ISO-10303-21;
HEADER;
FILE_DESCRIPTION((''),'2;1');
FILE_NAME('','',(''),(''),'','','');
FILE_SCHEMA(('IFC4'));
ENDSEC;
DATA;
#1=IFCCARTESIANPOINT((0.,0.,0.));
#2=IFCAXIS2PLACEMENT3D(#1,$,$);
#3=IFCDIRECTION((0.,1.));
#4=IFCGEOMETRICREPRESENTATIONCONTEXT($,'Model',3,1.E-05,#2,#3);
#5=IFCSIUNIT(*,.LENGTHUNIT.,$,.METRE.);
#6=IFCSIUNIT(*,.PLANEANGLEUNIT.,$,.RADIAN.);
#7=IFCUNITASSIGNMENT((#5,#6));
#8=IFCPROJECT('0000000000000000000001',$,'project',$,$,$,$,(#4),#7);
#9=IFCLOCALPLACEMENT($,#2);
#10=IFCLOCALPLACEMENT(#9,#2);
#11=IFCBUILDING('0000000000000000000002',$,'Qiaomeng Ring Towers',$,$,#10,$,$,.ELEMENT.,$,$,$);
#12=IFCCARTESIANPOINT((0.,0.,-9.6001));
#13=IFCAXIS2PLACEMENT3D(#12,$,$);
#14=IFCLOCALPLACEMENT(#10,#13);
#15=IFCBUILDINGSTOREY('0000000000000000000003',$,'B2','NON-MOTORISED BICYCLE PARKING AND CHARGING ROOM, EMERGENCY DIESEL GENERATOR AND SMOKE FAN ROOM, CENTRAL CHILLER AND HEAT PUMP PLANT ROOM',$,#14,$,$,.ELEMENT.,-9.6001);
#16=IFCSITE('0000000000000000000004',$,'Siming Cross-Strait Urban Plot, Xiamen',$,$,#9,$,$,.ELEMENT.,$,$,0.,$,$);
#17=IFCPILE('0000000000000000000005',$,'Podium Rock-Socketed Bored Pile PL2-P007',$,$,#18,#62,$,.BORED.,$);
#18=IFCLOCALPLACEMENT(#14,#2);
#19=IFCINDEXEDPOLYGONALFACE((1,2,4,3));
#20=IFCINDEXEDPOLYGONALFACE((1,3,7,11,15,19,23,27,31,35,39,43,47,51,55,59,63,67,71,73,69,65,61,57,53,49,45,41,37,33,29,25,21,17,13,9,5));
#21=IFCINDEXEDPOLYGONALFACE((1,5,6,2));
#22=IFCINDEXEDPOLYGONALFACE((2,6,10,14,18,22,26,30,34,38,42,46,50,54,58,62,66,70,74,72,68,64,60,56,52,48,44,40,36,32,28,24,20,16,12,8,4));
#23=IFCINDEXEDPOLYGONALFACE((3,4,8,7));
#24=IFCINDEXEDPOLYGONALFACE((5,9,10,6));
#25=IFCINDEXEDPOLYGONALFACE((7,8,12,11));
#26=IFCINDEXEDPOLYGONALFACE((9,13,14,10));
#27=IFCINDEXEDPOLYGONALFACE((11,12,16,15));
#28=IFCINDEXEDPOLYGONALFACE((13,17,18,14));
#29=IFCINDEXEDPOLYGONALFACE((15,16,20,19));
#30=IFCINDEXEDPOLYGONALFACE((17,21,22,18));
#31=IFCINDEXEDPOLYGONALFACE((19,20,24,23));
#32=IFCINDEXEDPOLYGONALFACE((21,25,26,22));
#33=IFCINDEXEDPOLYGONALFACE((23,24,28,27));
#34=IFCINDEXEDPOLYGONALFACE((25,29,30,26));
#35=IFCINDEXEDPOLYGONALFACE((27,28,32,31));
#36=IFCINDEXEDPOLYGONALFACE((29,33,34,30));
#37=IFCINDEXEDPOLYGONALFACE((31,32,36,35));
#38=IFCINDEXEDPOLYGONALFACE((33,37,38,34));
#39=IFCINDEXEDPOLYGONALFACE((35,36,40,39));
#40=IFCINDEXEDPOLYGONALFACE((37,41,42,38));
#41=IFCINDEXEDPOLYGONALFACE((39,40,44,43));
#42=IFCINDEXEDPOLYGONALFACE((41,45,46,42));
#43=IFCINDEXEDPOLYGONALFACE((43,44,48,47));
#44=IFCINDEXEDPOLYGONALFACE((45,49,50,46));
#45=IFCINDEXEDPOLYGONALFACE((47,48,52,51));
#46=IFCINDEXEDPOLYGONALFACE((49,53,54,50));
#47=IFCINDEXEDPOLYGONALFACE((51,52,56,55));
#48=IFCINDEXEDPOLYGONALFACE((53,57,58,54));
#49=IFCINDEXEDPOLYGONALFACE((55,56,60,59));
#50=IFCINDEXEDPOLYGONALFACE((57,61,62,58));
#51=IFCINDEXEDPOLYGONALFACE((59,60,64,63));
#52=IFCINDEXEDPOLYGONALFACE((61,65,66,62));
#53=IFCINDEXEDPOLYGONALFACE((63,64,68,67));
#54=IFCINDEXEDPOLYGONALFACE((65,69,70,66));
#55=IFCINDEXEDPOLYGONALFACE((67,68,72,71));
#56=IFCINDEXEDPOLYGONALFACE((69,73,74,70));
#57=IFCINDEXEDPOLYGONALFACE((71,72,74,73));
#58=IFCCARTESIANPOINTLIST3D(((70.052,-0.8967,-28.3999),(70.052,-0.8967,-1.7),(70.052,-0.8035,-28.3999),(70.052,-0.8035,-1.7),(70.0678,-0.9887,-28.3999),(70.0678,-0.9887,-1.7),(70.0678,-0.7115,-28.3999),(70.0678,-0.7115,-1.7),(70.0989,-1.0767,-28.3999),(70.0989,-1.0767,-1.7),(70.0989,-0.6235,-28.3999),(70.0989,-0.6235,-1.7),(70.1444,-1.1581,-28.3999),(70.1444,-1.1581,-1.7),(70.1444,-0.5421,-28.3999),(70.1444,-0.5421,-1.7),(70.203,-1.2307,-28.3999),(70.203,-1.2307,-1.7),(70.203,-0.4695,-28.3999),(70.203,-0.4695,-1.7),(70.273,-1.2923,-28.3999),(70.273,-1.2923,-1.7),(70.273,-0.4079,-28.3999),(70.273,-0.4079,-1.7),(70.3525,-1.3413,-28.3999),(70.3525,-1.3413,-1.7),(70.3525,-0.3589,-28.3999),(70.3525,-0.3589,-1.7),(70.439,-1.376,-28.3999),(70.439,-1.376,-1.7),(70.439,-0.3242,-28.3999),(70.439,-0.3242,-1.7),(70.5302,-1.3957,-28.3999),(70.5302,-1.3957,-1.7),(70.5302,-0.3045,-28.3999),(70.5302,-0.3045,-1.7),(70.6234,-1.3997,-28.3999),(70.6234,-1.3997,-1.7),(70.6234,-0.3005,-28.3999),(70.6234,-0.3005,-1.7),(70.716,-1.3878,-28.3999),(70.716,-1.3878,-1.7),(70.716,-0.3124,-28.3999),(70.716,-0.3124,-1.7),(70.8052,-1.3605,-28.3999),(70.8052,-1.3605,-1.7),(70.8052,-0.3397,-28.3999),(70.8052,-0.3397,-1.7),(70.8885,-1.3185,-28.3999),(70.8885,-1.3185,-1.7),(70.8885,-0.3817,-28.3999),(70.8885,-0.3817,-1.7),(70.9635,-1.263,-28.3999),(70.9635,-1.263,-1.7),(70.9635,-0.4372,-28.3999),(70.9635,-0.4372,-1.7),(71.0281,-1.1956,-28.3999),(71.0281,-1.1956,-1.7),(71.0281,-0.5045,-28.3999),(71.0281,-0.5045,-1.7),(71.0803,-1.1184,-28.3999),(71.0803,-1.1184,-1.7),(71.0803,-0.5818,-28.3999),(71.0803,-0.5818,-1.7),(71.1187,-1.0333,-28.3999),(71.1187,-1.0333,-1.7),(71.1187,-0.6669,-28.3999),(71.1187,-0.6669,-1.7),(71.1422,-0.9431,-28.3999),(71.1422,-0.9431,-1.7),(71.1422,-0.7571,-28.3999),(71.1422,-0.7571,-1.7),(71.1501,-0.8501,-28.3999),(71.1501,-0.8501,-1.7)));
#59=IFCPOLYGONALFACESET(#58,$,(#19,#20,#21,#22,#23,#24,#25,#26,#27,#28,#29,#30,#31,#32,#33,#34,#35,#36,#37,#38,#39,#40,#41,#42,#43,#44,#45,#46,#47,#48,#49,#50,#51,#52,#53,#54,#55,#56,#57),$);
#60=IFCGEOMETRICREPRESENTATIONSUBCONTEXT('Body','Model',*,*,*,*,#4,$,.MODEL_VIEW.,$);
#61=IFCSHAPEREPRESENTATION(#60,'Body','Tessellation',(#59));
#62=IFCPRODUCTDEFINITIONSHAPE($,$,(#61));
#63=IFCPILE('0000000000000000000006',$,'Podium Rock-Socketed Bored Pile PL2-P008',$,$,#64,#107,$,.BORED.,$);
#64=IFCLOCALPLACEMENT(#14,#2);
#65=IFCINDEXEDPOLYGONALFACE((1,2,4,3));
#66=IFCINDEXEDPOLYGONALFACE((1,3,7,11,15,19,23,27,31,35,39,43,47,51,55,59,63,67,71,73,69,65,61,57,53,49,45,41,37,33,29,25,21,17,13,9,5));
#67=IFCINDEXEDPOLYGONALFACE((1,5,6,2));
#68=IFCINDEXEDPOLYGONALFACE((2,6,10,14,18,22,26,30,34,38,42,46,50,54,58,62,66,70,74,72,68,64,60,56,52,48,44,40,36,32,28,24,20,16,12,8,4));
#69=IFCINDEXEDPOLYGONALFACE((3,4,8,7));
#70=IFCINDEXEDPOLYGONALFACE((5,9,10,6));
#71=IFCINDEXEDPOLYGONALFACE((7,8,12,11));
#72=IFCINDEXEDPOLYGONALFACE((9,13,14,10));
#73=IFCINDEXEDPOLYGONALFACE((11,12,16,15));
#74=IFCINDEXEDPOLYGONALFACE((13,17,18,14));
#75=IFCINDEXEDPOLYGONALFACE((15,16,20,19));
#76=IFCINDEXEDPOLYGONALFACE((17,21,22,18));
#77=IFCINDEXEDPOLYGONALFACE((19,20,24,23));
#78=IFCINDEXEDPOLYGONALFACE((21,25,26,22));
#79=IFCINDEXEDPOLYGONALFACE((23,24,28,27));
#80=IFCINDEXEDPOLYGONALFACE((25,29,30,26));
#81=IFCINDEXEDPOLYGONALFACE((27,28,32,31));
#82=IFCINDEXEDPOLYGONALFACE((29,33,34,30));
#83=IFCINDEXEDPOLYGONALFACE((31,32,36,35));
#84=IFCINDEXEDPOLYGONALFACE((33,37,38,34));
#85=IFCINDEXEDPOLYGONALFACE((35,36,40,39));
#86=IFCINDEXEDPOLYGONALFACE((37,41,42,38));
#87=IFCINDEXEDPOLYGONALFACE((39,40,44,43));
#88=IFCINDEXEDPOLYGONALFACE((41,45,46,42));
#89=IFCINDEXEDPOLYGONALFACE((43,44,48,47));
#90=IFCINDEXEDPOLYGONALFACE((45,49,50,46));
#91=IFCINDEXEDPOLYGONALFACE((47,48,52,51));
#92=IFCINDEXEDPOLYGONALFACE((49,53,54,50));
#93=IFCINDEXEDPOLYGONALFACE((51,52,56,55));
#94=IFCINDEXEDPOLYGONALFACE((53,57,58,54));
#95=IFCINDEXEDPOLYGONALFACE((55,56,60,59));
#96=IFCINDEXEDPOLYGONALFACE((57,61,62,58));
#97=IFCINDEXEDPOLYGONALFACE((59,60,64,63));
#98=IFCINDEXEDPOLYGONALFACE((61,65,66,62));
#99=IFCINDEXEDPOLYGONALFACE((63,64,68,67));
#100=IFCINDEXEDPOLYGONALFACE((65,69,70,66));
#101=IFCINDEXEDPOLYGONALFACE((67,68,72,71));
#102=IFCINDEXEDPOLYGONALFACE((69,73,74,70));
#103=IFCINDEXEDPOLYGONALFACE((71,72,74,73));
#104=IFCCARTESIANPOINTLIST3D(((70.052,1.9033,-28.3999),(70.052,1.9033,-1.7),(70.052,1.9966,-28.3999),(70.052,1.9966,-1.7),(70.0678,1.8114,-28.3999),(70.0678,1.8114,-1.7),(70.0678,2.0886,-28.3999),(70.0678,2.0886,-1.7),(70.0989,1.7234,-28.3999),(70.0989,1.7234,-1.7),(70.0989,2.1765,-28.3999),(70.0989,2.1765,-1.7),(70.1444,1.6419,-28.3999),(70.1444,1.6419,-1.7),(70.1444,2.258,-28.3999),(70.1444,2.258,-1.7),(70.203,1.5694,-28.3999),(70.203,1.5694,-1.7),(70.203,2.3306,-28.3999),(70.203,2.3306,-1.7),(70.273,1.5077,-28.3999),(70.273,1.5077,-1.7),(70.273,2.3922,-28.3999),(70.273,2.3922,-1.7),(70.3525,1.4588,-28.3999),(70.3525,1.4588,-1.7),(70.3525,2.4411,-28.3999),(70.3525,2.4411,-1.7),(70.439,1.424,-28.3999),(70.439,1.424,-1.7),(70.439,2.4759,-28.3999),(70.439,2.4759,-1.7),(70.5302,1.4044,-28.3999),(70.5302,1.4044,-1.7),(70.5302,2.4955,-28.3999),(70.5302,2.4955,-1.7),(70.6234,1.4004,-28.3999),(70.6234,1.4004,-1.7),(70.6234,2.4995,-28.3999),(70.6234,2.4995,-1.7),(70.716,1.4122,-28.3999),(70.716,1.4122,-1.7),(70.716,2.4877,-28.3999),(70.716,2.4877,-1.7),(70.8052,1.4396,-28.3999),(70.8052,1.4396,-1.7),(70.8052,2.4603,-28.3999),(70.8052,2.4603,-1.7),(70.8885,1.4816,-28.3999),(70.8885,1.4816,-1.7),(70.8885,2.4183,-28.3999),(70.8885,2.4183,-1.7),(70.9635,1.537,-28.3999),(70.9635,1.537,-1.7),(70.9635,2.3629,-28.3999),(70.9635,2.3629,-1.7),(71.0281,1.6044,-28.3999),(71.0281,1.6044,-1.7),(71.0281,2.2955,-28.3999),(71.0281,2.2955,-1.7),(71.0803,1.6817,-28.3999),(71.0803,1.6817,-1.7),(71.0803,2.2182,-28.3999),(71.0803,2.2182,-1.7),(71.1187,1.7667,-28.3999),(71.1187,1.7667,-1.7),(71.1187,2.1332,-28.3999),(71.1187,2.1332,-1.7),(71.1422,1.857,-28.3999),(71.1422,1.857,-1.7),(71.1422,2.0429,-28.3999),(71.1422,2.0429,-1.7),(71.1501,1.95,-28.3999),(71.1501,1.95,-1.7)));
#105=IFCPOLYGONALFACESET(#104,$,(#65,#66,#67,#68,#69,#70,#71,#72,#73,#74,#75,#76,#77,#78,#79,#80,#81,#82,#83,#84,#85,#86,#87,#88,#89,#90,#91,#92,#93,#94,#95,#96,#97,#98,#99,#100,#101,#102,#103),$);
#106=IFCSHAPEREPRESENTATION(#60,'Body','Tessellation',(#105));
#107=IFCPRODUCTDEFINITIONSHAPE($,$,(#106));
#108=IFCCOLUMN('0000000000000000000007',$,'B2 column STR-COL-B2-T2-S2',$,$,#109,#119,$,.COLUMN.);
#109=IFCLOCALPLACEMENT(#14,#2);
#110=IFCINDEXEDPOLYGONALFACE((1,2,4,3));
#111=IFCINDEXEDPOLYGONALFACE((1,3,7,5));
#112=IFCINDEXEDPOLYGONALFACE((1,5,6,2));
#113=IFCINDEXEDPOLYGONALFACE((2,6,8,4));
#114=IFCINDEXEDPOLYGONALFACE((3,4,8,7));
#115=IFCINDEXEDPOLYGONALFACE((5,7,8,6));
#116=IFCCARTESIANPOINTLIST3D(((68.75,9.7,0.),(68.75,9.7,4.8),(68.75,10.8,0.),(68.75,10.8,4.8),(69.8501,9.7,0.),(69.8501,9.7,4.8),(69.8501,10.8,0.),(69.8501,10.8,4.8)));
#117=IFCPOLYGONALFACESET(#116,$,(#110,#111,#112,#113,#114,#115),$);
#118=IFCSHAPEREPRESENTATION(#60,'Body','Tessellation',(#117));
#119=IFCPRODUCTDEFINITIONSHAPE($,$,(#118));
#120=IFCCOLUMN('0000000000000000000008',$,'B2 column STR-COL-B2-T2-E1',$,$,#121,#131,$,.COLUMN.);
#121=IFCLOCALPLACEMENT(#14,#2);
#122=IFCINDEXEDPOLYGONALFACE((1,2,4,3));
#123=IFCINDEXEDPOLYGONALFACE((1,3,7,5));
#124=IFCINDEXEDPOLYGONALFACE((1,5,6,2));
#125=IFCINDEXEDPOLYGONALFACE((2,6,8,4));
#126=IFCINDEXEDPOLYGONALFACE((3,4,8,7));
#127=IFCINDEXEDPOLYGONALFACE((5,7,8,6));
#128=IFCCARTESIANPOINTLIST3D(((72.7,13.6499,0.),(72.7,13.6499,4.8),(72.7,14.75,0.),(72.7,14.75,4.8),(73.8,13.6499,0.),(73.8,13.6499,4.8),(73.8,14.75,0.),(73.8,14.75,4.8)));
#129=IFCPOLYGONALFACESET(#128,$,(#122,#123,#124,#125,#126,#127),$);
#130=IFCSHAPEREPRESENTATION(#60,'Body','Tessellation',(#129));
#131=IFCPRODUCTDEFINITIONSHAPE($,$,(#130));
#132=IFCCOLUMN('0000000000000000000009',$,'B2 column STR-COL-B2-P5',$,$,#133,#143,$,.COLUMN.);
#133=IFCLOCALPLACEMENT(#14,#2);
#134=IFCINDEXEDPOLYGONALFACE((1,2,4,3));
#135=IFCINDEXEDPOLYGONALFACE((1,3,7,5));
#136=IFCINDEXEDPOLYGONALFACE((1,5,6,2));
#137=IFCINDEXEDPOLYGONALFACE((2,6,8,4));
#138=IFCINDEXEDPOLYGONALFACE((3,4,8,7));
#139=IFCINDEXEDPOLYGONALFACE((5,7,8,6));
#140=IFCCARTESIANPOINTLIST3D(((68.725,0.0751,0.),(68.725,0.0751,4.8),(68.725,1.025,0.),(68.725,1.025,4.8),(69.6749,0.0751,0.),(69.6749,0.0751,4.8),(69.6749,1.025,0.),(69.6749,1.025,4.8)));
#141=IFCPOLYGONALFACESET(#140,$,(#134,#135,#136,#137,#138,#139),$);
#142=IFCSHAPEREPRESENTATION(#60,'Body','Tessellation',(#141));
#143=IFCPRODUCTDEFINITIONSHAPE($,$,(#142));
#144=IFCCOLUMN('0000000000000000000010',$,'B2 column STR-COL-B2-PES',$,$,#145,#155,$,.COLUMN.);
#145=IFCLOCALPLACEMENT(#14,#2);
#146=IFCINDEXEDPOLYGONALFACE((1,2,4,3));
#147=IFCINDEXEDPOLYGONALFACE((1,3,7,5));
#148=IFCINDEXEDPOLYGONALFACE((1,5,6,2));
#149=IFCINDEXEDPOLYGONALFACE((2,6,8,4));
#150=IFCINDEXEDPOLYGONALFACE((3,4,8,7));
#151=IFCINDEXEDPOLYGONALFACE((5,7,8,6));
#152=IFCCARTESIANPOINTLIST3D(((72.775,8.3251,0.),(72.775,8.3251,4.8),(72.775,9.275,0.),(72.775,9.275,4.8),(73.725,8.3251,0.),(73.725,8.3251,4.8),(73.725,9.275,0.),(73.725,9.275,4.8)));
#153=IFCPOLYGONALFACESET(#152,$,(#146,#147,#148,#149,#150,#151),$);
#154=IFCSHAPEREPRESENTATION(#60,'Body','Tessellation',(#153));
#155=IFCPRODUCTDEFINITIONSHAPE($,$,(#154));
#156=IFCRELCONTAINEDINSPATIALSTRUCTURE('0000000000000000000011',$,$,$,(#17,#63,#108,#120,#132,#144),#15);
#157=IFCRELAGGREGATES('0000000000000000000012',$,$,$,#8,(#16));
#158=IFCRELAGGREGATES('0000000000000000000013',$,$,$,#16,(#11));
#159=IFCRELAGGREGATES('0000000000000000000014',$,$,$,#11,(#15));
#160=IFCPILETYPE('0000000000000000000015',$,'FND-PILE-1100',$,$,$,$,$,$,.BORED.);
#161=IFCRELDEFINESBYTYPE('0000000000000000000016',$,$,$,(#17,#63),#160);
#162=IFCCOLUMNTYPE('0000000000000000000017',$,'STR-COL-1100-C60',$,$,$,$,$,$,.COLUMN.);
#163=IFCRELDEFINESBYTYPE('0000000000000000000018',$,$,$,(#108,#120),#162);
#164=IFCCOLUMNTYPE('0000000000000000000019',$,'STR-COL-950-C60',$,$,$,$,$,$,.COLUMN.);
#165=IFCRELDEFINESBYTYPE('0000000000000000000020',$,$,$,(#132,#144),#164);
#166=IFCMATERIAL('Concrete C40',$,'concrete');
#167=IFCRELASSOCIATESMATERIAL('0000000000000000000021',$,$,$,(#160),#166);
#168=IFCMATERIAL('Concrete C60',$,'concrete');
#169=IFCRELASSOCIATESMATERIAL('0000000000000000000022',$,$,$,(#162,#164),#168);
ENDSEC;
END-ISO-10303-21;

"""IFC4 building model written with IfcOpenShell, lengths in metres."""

from ifc_helpers import new_model, si_unit, direction, frame, origin, origin_2d, place, context, subcontext, project, spatial, rectangle, circle, extrude, source, transform, mapped, material, material_profile, profile_set, type_object, element, save


model = new_model("IFC4")

# Units and contexts
model_context = context("Model", 3, precision=1e-05, world=origin(), true_north=direction((0.0, 1.0)))
body_context = subcontext(model_context, "Body", "Model", "MODEL_VIEW")
ifc_project = project(units=[si_unit("LENGTHUNIT", "METRE"), si_unit("PLANEANGLEUNIT", "RADIAN")], contexts=[model_context])

# Site, building, storey
site_placement = place(None, origin())
site = spatial("IfcSite", under=ifc_project, at=site_placement, Name="Siming Cross-Strait Urban Plot, Xiamen", CompositionType="ELEMENT", RefElevation=0.0)
building_placement = place(site_placement, origin())
building = spatial("IfcBuilding", under=site, at=building_placement, Name="Qiaomeng Ring Towers", CompositionType="ELEMENT")
storey_placement = place(building_placement, frame((0.0, 0.0, -9.6001)))
storey = spatial("IfcBuildingStorey", under=building, at=storey_placement, Name="B2", Description="NON-MOTORISED BICYCLE PARKING AND CHARGING ROOM, EMERGENCY DIESEL GENERATOR AND SMOKE FAN ROOM, CENTRAL CHILLER AND HEAT PUMP PLANT ROOM", CompositionType="ELEMENT", Elevation=-9.6001)

# Piles
ifc_material_1 = material(Name="Concrete C40", Category="concrete")
ifc_material_profile_1 = material_profile(ifc_material_1, circle(Radius=0.55, at=origin_2d()), Name="BORED PILE 1100")
ifc_profile_set_1 = profile_set([ifc_material_profile_1], Name="Concrete C40")
pile_type = type_object("IfcPileType", Name="FND-PILE-1100", PredefinedType="BORED", material=ifc_profile_set_1)
shared_shape_1 = source(origin(), body_context, "Body", "SweptSolid", [
    extrude(circle(Radius=0.55, at=origin_2d()), origin(), (0.0, 0.0, 1.0), 26.7),
])
for number, where, z_axis, x_axis, name in (
    (1, (70.6001, -0.8501, -1.7), (0.0, 0.0, -1.0), (1.0, 0.0, 0.0), "Podium Rock-Socketed Bored Pile PL2-P007"),
    (2, (70.6001, 1.95, -1.7), (0.0, 0.0, -1.0), (1.0, 0.0, 0.0), "Podium Rock-Socketed Bored Pile PL2-P008"),
):
    element("IfcPile", number, at=place(storey_placement, frame(where, z_axis=z_axis, x_axis=x_axis)), inside=storey, type_object=pile_type, Name=name, PredefinedType="BORED", context=body_context, shape_type="MappedRepresentation", body=[
        mapped(shared_shape_1, transform((0.0, 0.0, 0.0), x_axis=(1.0, 0.0, 0.0), y_axis=(0.0, 1.0, 0.0), z_axis=(0.0, 0.0, 1.0), scale=1.0)),
    ])

# Columns
ifc_material_2 = material(Name="Concrete C60", Category="concrete")
ifc_material_profile_2 = material_profile(ifc_material_2, rectangle(XDim=1.1001, YDim=1.1001, at=origin_2d()), Name="RC COL 1100x1100")
ifc_profile_set_2 = profile_set([ifc_material_profile_2], Name="Concrete C60")
column_type_1 = type_object("IfcColumnType", Name="STR-COL-1100-C60", PredefinedType="COLUMN", material=ifc_profile_set_2)
shared_shape_2 = source(origin(), body_context, "Body", "SweptSolid", [
    extrude(rectangle(XDim=1.1001, YDim=1.1001, at=origin_2d()), origin(), (0.0, 0.0, 1.0), 4.8),
])
for number, where, z_axis, x_axis, name in (
    (3, (69.3, 10.25, 0.0), (0.0, 0.0, 1.0), (1.0, 0.0, 0.0), "B2 column STR-COL-B2-T2-S2"),
    (4, (73.25, 14.2, 0.0), (0.0, 0.0, 1.0), (1.0, 0.0, 0.0), "B2 column STR-COL-B2-T2-E1"),
):
    element("IfcColumn", number, at=place(storey_placement, frame(where, z_axis=z_axis, x_axis=x_axis)), inside=storey, type_object=column_type_1, Name=name, PredefinedType="COLUMN", context=body_context, shape_type="MappedRepresentation", body=[
        mapped(shared_shape_2, transform((0.0, 0.0, 0.0), x_axis=(1.0, 0.0, 0.0), y_axis=(0.0, 1.0, 0.0), z_axis=(0.0, 0.0, 1.0), scale=1.0)),
    ])
ifc_material_profile_3 = material_profile(ifc_material_2, rectangle(XDim=0.95, YDim=0.95, at=origin_2d()), Name="RC COL 950x950")
ifc_profile_set_3 = profile_set([ifc_material_profile_3], Name="Concrete C60")
column_type_2 = type_object("IfcColumnType", Name="STR-COL-950-C60", PredefinedType="COLUMN", material=ifc_profile_set_3)
shared_shape_3 = source(origin(), body_context, "Body", "SweptSolid", [
    extrude(rectangle(XDim=0.95, YDim=0.95, at=origin_2d()), origin(), (0.0, 0.0, 1.0), 4.8),
])
for number, where, z_axis, x_axis, name in (
    (5, (69.2, 0.55, 0.0), (0.0, 0.0, 1.0), (1.0, 0.0, 0.0), "B2 column STR-COL-B2-P5"),
    (6, (73.25, 8.8, 0.0), (0.0, 0.0, 1.0), (1.0, 0.0, 0.0), "B2 column STR-COL-B2-PES"),
):
    element("IfcColumn", number, at=place(storey_placement, frame(where, z_axis=z_axis, x_axis=x_axis)), inside=storey, type_object=column_type_2, Name=name, PredefinedType="COLUMN", context=body_context, shape_type="MappedRepresentation", body=[
        mapped(shared_shape_3, transform((0.0, 0.0, 0.0), x_axis=(1.0, 0.0, 0.0), y_axis=(0.0, 1.0, 0.0), z_axis=(0.0, 0.0, 1.0), scale=1.0)),
    ])

save(model, "model.ifc")
